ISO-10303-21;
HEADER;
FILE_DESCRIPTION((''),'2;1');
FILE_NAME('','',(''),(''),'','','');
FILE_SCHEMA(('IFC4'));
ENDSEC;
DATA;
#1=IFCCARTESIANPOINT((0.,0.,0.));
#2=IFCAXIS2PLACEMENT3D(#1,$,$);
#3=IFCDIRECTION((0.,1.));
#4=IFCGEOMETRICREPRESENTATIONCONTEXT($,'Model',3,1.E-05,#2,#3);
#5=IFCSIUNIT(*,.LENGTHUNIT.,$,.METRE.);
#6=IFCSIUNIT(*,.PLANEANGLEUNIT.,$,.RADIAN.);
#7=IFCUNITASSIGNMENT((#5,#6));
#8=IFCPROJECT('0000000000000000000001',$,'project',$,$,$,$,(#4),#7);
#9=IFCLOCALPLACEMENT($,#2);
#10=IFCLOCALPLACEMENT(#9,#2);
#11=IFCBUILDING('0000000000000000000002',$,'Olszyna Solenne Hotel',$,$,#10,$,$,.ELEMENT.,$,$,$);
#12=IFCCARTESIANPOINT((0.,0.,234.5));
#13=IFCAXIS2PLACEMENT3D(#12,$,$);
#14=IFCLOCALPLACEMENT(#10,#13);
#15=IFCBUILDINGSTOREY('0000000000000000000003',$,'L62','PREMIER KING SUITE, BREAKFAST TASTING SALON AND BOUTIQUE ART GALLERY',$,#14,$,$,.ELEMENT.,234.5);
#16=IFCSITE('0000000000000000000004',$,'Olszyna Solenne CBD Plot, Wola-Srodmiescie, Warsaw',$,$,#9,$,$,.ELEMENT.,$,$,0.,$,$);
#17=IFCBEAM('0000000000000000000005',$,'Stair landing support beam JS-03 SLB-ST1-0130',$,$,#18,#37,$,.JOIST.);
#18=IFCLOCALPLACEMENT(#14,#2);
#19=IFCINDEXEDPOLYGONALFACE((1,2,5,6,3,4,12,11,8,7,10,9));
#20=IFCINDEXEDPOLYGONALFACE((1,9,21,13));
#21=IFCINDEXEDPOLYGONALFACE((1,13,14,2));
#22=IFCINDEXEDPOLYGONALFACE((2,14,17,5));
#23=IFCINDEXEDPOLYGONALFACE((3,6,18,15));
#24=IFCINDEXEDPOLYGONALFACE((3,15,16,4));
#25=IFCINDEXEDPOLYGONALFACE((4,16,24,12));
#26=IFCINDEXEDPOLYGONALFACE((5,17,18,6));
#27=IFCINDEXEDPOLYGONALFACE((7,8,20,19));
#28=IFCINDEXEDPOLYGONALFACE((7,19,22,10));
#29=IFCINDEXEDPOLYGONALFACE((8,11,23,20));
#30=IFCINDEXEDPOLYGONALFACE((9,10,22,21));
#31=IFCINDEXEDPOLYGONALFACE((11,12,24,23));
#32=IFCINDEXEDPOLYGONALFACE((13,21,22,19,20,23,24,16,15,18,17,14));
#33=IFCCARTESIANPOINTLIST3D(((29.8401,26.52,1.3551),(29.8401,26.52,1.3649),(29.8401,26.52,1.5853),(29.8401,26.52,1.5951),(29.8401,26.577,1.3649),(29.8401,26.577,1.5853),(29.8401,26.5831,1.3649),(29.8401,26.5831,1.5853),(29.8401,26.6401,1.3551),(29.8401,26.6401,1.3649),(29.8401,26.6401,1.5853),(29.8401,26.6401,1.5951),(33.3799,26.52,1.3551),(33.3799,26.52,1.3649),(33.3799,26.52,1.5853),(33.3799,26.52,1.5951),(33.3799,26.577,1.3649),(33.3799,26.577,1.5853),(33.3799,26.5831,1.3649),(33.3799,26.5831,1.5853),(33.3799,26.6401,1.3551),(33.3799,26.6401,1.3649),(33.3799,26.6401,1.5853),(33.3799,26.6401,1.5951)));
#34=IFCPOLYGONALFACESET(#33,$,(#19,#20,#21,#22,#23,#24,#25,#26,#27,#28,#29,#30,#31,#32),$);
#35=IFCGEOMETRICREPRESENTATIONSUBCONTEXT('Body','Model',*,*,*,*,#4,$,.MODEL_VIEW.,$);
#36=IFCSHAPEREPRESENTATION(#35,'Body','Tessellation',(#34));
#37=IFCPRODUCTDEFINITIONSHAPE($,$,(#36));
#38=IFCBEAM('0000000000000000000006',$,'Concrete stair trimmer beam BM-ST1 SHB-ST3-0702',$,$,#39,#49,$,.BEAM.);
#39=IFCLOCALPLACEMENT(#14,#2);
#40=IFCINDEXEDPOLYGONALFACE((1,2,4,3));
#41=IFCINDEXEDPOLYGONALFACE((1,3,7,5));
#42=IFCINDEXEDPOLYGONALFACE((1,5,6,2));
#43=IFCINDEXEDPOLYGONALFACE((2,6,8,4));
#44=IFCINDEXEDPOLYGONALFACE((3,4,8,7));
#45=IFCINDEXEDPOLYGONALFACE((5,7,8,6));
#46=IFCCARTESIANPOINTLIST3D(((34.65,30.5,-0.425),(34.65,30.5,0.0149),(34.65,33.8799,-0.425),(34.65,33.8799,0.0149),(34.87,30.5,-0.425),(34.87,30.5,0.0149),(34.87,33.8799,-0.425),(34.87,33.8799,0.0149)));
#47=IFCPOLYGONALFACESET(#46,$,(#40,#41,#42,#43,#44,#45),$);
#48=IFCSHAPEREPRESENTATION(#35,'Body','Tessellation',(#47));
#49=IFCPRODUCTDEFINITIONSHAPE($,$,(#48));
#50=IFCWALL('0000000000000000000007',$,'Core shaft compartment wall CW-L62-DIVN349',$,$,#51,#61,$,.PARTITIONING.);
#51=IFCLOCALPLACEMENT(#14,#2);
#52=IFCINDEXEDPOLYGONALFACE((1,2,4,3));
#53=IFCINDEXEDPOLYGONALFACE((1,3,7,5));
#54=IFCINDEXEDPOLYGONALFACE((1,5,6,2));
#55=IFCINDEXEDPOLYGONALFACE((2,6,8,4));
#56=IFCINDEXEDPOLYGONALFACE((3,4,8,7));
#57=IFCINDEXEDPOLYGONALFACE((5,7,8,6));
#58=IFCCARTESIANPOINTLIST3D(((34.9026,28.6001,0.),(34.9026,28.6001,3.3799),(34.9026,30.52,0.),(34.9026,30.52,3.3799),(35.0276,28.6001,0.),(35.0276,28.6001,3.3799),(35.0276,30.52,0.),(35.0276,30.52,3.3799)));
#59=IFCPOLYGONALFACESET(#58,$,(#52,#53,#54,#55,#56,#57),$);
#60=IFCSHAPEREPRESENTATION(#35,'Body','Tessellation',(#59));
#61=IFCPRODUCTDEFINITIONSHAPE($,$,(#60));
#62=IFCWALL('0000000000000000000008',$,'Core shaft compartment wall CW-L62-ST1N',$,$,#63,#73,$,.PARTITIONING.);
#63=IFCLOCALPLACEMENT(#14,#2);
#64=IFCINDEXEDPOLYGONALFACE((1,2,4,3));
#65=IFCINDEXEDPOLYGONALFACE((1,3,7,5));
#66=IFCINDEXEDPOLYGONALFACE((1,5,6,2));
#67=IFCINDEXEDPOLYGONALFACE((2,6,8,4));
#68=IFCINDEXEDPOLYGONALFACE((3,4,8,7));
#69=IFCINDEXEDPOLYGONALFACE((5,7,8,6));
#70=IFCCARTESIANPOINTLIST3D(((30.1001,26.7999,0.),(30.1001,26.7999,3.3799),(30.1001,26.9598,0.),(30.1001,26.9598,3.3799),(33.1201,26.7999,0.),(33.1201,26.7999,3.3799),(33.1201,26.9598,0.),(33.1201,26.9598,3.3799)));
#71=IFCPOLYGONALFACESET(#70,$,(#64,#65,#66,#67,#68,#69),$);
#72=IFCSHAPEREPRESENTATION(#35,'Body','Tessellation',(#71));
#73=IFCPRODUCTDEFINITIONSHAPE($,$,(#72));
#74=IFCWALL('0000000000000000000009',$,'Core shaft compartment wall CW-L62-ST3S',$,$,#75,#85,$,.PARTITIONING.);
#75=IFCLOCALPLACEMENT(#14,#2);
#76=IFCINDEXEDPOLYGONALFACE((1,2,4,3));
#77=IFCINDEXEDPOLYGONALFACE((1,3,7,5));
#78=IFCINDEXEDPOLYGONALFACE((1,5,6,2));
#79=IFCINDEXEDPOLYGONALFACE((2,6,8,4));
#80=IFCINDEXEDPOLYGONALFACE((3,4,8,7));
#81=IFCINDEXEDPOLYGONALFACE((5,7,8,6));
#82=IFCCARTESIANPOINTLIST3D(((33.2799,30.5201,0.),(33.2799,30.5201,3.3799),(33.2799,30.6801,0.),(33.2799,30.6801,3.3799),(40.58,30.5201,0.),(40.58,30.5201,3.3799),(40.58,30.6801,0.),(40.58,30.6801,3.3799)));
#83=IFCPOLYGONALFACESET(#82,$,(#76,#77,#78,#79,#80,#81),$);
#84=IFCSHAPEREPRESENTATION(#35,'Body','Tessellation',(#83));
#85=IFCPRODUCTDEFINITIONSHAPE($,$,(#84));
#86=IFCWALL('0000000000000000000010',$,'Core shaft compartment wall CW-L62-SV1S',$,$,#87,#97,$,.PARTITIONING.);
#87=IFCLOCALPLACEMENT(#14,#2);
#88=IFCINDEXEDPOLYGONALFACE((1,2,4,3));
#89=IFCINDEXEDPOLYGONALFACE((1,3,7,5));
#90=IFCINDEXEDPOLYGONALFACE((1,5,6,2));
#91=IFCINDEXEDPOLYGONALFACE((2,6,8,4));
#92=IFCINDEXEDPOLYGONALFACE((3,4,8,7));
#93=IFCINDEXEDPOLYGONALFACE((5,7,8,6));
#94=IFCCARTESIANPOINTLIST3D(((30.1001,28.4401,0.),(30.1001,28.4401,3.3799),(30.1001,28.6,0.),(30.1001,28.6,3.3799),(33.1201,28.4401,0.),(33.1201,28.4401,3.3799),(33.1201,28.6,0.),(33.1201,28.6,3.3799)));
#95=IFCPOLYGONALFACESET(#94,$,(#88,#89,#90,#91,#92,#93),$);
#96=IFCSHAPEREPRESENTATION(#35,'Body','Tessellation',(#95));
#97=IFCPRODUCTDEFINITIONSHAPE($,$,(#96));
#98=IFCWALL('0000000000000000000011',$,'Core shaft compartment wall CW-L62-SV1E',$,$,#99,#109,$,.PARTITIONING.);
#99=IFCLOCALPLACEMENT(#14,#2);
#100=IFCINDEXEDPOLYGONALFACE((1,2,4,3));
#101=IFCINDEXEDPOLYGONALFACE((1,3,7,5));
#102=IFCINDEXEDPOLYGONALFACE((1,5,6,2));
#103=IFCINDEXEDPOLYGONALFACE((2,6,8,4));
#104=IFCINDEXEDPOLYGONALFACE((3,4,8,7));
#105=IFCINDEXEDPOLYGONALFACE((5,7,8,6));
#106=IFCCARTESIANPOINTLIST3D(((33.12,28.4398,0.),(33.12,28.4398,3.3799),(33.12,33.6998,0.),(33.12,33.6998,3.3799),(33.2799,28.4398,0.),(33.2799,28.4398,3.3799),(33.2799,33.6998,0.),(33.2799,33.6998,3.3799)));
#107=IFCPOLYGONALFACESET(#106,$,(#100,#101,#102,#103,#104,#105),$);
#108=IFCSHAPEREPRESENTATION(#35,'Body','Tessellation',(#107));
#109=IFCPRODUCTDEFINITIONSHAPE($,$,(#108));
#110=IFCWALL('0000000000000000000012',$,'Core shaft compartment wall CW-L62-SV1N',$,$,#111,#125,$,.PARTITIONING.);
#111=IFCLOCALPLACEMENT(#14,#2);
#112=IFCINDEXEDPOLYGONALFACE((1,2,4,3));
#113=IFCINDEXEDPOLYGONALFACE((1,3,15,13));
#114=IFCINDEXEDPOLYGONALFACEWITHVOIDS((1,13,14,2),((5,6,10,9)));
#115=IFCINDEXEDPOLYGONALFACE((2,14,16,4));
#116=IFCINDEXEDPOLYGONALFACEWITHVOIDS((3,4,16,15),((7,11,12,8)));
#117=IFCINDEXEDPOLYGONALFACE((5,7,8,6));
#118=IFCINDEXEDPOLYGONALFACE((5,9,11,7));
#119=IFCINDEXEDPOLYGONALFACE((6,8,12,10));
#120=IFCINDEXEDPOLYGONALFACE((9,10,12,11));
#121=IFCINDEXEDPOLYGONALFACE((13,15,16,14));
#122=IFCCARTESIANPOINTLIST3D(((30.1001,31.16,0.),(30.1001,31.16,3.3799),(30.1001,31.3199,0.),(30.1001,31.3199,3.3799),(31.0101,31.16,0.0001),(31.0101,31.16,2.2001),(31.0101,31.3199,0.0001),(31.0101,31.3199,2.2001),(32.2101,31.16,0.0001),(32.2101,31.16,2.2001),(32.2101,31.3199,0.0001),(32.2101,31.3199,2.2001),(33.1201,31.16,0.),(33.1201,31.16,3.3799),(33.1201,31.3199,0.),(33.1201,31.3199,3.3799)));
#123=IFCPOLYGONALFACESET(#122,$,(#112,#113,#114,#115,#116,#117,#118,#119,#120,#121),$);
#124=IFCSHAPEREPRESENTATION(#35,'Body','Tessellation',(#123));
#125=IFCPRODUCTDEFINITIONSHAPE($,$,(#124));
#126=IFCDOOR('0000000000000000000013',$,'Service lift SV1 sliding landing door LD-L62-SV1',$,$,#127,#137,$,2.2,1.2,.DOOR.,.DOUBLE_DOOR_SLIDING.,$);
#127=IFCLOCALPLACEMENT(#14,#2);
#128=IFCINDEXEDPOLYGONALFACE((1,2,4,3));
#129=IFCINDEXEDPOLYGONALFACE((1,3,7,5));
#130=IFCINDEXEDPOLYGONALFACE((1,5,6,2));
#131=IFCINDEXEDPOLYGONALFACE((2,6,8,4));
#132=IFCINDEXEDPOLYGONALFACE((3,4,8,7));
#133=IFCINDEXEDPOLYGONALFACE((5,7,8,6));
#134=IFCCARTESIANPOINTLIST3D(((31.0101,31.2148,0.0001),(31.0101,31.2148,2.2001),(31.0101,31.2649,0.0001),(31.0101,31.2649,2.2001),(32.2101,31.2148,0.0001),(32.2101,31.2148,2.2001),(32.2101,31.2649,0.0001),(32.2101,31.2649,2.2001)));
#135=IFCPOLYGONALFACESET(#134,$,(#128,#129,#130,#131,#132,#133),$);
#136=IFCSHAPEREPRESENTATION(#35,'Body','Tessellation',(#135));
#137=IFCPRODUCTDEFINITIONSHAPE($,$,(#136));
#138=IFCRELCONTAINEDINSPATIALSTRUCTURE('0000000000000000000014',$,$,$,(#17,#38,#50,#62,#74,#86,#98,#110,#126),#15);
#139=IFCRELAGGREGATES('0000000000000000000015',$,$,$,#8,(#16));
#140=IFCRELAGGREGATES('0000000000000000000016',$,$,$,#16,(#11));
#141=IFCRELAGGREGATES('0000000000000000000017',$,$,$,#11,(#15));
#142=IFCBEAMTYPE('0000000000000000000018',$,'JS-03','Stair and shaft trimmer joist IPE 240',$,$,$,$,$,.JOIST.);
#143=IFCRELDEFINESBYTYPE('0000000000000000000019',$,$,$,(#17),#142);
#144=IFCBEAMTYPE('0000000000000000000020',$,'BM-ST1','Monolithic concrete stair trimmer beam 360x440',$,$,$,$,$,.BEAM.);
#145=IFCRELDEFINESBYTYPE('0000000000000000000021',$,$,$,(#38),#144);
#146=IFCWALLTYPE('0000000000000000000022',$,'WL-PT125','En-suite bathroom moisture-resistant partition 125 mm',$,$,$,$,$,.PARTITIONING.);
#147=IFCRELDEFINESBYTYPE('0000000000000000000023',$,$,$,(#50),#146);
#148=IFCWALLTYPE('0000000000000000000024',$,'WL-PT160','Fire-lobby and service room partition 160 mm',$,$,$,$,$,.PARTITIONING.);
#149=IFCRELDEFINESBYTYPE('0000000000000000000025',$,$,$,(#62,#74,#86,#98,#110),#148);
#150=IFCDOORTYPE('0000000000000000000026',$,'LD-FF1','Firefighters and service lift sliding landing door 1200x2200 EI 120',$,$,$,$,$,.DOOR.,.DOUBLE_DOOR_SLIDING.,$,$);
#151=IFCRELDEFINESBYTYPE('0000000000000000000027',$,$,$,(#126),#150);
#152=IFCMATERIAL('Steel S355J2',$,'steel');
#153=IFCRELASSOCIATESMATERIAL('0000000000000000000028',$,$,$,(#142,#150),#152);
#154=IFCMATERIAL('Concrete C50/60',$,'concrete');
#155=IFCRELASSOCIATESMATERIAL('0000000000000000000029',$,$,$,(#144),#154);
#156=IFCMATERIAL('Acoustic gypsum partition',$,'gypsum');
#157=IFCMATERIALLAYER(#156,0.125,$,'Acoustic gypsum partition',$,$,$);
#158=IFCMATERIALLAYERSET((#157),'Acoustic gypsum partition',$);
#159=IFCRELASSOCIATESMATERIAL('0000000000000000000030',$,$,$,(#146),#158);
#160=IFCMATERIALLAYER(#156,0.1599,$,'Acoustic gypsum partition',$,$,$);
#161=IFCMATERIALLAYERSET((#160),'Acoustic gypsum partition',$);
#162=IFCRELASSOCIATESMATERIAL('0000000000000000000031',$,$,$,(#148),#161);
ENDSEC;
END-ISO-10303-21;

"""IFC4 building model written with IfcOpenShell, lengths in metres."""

from ifc_helpers import new_model, si_unit, direction, frame, frame_2d, origin, origin_2d, place, context, subcontext, project, spatial, rectangle, i_section, extrude, source, transform, mapped, material, layer, layer_set, material_profile, profile_set, type_object, type_shapes, element, fill, save


model = new_model("IFC4")

# Units and contexts
model_context = context("Model", 3, precision=1e-05, world=origin(), true_north=direction((0.0, 1.0)))
body_context = subcontext(model_context, "Body", "Model", "MODEL_VIEW")
ifc_project = project(units=[si_unit("LENGTHUNIT", "METRE"), si_unit("PLANEANGLEUNIT", "RADIAN")], contexts=[model_context])

# Site, building, storey
site_placement = place(None, origin())
site = spatial("IfcSite", under=ifc_project, at=site_placement, Name="Olszyna Solenne CBD Plot, Wola-Srodmiescie, Warsaw", CompositionType="ELEMENT", RefElevation=0.0)
building_placement = place(site_placement, origin())
building = spatial("IfcBuilding", under=site, at=building_placement, Name="Olszyna Solenne Hotel", CompositionType="ELEMENT")
storey_placement = place(building_placement, frame((0.0, 0.0, 234.5)))
storey = spatial("IfcBuildingStorey", under=building, at=storey_placement, Name="L62", Description="PREMIER KING SUITE, BREAKFAST TASTING SALON AND BOUTIQUE ART GALLERY", CompositionType="ELEMENT", Elevation=234.5)

# Beams
ifc_material_1 = material(Name="Steel S355J2", Category="steel")
ifc_material_profile_1 = material_profile(ifc_material_1, i_section(OverallWidth=0.1201, OverallDepth=0.24, WebThickness=0.0061, FlangeThickness=0.0098, at=origin_2d()), Name="IPE 240", Category="load-bearing")
ifc_profile_set_1 = profile_set([ifc_material_profile_1], Name="Steel S355J2")
beam_type_1 = type_object("IfcBeamType", Name="JS-03", Description="Stair and shaft trimmer joist IPE 240", PredefinedType="JOIST", material=ifc_profile_set_1)
shared_shape_1 = source(origin(), body_context, "Body", "SweptSolid", [
    extrude(i_section(OverallWidth=0.1201, OverallDepth=0.24, WebThickness=0.0061, FlangeThickness=0.0098, at=origin_2d()), origin(), (0.0, 0.0, 1.0), 3.5398),
])
beam_1_placement = place(storey_placement, frame((33.3799, 26.5801, 1.4751), z_axis=(-1.0, 0.0, 0.0), x_axis=(0.0, -1.0, 0.0)))
element("IfcBeam", 1, at=beam_1_placement, inside=storey, type_object=beam_type_1, Name="Stair landing support beam JS-03 SLB-ST1-0130", PredefinedType="JOIST", context=body_context, shape_type="MappedRepresentation", body=[
    mapped(shared_shape_1, transform((0.0, 0.0, 0.0), x_axis=(1.0, 0.0, 0.0), y_axis=(0.0, 1.0, 0.0), z_axis=(0.0, 0.0, 1.0), scale=1.0)),
])
ifc_material_2 = material(Name="Concrete C50/60", Category="concrete")
ifc_material_profile_2 = material_profile(ifc_material_2, rectangle(XDim=0.22, YDim=0.4399, at=origin_2d()), Name="RC 220x440", Category="load-bearing")
ifc_profile_set_2 = profile_set([ifc_material_profile_2], Name="Concrete C50/60")
beam_type_2 = type_object("IfcBeamType", Name="BM-ST1", Description="Monolithic concrete stair trimmer beam 360x440", PredefinedType="BEAM", material=ifc_profile_set_2)
shared_shape_2 = source(origin(), body_context, "Body", "SweptSolid", [
    extrude(rectangle(XDim=0.22, YDim=0.4399, at=origin_2d()), origin(), (0.0, 0.0, 1.0), 3.3799),
])
beam_2_placement = place(storey_placement, frame((34.76, 30.5, -0.2051), z_axis=(0.0, 1.0, 0.0), x_axis=(-1.0, 0.0, 0.0)))
element("IfcBeam", 2, at=beam_2_placement, inside=storey, type_object=beam_type_2, Name="Concrete stair trimmer beam BM-ST1 SHB-ST3-0702", PredefinedType="BEAM", context=body_context, shape_type="MappedRepresentation", body=[
    mapped(shared_shape_2, transform((0.0, 0.0, 0.0), x_axis=(1.0, 0.0, 0.0), y_axis=(0.0, 1.0, 0.0), z_axis=(0.0, 0.0, 1.0), scale=1.0)),
])

# Walls
ifc_material_3 = material(Name="Acoustic gypsum partition", Category="gypsum")
ifc_layer_1 = layer(ifc_material_3, 0.125, Name="Acoustic gypsum partition")
ifc_layer_set_1 = layer_set([ifc_layer_1], Name="Acoustic gypsum partition")
wall_type_1 = type_object("IfcWallType", Name="WL-PT125", Description="En-suite bathroom moisture-resistant partition 125 mm", PredefinedType="PARTITIONING", material=ifc_layer_set_1)
wall_1_placement = place(storey_placement, frame((34.9651, 28.6001, 0.0), z_axis=(0.0, 0.0, 1.0), x_axis=(0.0, 1.0, 0.0)))
element("IfcWall", 3, at=wall_1_placement, inside=storey, type_object=wall_type_1, Name="Core shaft compartment wall CW-L62-DIVN349", PredefinedType="PARTITIONING", context=body_context, shape_type="SweptSolid", body=[
    extrude(rectangle(XDim=1.9199, YDim=0.125, at=frame_2d((0.96, 0.0))), origin(), (0.0, 0.0, 1.0), 3.3799),
])
ifc_layer_2 = layer(ifc_material_3, 0.1599, Name="Acoustic gypsum partition")
ifc_layer_set_2 = layer_set([ifc_layer_2], Name="Acoustic gypsum partition")
wall_type_2 = type_object("IfcWallType", Name="WL-PT160", Description="Fire-lobby and service room partition 160 mm", PredefinedType="PARTITIONING", material=ifc_layer_set_2)
wall_2_placement = place(storey_placement, frame((30.1001, 26.8799, 0.0), z_axis=(0.0, 0.0, 1.0), x_axis=(1.0, 0.0, 0.0)))
element("IfcWall", 4, at=wall_2_placement, inside=storey, type_object=wall_type_2, Name="Core shaft compartment wall CW-L62-ST1N", PredefinedType="PARTITIONING", context=body_context, shape_type="SweptSolid", body=[
    extrude(rectangle(XDim=3.02, YDim=0.1599, at=frame_2d((1.51, 0.0))), origin(), (0.0, 0.0, 1.0), 3.3799),
])
wall_3_placement = place(storey_placement, frame((33.28, 30.6001, 0.0), z_axis=(0.0, 0.0, 1.0), x_axis=(1.0, 0.0, 0.0)))
element("IfcWall", 5, at=wall_3_placement, inside=storey, type_object=wall_type_2, Name="Core shaft compartment wall CW-L62-ST3S", PredefinedType="PARTITIONING", context=body_context, shape_type="SweptSolid", body=[
    extrude(rectangle(XDim=7.3, YDim=0.1599, at=frame_2d((3.6499, 0.0))), origin(), (0.0, 0.0, 1.0), 3.3799),
])
wall_4_placement = place(storey_placement, frame((30.1001, 28.52, 0.0), z_axis=(0.0, 0.0, 1.0), x_axis=(1.0, 0.0, 0.0)))
element("IfcWall", 6, at=wall_4_placement, inside=storey, type_object=wall_type_2, Name="Core shaft compartment wall CW-L62-SV1S", PredefinedType="PARTITIONING", context=body_context, shape_type="SweptSolid", body=[
    extrude(rectangle(XDim=3.02, YDim=0.1599, at=frame_2d((1.51, 0.0))), origin(), (0.0, 0.0, 1.0), 3.3799),
])
wall_5_placement = place(storey_placement, frame((33.2, 28.4399, 0.0), z_axis=(0.0, 0.0, 1.0), x_axis=(0.0, 1.0, 0.0)))
element("IfcWall", 7, at=wall_5_placement, inside=storey, type_object=wall_type_2, Name="Core shaft compartment wall CW-L62-SV1E", PredefinedType="PARTITIONING", context=body_context, shape_type="SweptSolid", body=[
    extrude(rectangle(XDim=5.26, YDim=0.1599, at=frame_2d((2.6299, 0.0))), origin(), (0.0, 0.0, 1.0), 3.3799),
])

# Wall, opening, door
wall_6_placement = place(storey_placement, frame((30.1001, 31.24, 0.0), z_axis=(0.0, 0.0, 1.0), x_axis=(1.0, 0.0, 0.0)))
wall_6 = element("IfcWall", 8, at=wall_6_placement, inside=storey, type_object=wall_type_2, Name="Core shaft compartment wall CW-L62-SV1N", PredefinedType="PARTITIONING", context=body_context, shape_type="SweptSolid", body=[
    extrude(rectangle(XDim=3.02, YDim=0.1599, at=frame_2d((1.51, 0.0))), origin(), (0.0, 0.0, 1.0), 3.3799),
])
opening_1_placement = place(wall_6_placement, frame((0.9099, 0.0, 0.0)))
opening_1 = element("IfcOpeningElement", 9, at=opening_1_placement, cuts=wall_6, PredefinedType="OPENING", context=body_context, shape_type="SweptSolid", body=[
    extrude(rectangle(XDim=1.2, YDim=2.2, at=frame_2d((0.6001, 1.1001))), frame((0.0, 0.0898, 0.0), z_axis=(0.0, -1.0, 0.0), x_axis=(1.0, 0.0, 0.0)), (0.0, 0.0, 1.0), 0.1799),
])
door_type_1 = type_object("IfcDoorType", Name="LD-FF1", Description="Firefighters and service lift sliding landing door 1200x2200 EI 120", OperationType="DOUBLE_DOOR_SLIDING", PredefinedType="DOOR", material=ifc_material_1)
shared_shape_3 = source(origin(), body_context, "Body", "SweptSolid", [
    extrude(rectangle(XDim=1.2, YDim=2.2, at=frame_2d((0.6001, 1.1001))), frame((0.0, 0.0249, 0.0), z_axis=(0.0, -1.0, 0.0), x_axis=(1.0, 0.0, 0.0)), (0.0, 0.0, 1.0), 0.05),
])
type_shapes(door_type_1, [shared_shape_3])
door_1_placement = place(opening_1_placement, origin())
door_1 = element("IfcDoor", 10, at=door_1_placement, inside=storey, type_object=door_type_1, Name="Service lift SV1 sliding landing door LD-L62-SV1", OperationType="DOUBLE_DOOR_SLIDING", OverallHeight=2.2, OverallWidth=1.2, PredefinedType="DOOR", context=body_context, shape_type="MappedRepresentation", body=[
    mapped(shared_shape_3, transform((0.0, 0.0, 0.0), x_axis=(1.0, 0.0, 0.0), y_axis=(0.0, 1.0, 0.0), z_axis=(0.0, 0.0, 1.0), scale=1.0)),
])
fill(opening_1, door_1)

save(model, "model.ifc")
